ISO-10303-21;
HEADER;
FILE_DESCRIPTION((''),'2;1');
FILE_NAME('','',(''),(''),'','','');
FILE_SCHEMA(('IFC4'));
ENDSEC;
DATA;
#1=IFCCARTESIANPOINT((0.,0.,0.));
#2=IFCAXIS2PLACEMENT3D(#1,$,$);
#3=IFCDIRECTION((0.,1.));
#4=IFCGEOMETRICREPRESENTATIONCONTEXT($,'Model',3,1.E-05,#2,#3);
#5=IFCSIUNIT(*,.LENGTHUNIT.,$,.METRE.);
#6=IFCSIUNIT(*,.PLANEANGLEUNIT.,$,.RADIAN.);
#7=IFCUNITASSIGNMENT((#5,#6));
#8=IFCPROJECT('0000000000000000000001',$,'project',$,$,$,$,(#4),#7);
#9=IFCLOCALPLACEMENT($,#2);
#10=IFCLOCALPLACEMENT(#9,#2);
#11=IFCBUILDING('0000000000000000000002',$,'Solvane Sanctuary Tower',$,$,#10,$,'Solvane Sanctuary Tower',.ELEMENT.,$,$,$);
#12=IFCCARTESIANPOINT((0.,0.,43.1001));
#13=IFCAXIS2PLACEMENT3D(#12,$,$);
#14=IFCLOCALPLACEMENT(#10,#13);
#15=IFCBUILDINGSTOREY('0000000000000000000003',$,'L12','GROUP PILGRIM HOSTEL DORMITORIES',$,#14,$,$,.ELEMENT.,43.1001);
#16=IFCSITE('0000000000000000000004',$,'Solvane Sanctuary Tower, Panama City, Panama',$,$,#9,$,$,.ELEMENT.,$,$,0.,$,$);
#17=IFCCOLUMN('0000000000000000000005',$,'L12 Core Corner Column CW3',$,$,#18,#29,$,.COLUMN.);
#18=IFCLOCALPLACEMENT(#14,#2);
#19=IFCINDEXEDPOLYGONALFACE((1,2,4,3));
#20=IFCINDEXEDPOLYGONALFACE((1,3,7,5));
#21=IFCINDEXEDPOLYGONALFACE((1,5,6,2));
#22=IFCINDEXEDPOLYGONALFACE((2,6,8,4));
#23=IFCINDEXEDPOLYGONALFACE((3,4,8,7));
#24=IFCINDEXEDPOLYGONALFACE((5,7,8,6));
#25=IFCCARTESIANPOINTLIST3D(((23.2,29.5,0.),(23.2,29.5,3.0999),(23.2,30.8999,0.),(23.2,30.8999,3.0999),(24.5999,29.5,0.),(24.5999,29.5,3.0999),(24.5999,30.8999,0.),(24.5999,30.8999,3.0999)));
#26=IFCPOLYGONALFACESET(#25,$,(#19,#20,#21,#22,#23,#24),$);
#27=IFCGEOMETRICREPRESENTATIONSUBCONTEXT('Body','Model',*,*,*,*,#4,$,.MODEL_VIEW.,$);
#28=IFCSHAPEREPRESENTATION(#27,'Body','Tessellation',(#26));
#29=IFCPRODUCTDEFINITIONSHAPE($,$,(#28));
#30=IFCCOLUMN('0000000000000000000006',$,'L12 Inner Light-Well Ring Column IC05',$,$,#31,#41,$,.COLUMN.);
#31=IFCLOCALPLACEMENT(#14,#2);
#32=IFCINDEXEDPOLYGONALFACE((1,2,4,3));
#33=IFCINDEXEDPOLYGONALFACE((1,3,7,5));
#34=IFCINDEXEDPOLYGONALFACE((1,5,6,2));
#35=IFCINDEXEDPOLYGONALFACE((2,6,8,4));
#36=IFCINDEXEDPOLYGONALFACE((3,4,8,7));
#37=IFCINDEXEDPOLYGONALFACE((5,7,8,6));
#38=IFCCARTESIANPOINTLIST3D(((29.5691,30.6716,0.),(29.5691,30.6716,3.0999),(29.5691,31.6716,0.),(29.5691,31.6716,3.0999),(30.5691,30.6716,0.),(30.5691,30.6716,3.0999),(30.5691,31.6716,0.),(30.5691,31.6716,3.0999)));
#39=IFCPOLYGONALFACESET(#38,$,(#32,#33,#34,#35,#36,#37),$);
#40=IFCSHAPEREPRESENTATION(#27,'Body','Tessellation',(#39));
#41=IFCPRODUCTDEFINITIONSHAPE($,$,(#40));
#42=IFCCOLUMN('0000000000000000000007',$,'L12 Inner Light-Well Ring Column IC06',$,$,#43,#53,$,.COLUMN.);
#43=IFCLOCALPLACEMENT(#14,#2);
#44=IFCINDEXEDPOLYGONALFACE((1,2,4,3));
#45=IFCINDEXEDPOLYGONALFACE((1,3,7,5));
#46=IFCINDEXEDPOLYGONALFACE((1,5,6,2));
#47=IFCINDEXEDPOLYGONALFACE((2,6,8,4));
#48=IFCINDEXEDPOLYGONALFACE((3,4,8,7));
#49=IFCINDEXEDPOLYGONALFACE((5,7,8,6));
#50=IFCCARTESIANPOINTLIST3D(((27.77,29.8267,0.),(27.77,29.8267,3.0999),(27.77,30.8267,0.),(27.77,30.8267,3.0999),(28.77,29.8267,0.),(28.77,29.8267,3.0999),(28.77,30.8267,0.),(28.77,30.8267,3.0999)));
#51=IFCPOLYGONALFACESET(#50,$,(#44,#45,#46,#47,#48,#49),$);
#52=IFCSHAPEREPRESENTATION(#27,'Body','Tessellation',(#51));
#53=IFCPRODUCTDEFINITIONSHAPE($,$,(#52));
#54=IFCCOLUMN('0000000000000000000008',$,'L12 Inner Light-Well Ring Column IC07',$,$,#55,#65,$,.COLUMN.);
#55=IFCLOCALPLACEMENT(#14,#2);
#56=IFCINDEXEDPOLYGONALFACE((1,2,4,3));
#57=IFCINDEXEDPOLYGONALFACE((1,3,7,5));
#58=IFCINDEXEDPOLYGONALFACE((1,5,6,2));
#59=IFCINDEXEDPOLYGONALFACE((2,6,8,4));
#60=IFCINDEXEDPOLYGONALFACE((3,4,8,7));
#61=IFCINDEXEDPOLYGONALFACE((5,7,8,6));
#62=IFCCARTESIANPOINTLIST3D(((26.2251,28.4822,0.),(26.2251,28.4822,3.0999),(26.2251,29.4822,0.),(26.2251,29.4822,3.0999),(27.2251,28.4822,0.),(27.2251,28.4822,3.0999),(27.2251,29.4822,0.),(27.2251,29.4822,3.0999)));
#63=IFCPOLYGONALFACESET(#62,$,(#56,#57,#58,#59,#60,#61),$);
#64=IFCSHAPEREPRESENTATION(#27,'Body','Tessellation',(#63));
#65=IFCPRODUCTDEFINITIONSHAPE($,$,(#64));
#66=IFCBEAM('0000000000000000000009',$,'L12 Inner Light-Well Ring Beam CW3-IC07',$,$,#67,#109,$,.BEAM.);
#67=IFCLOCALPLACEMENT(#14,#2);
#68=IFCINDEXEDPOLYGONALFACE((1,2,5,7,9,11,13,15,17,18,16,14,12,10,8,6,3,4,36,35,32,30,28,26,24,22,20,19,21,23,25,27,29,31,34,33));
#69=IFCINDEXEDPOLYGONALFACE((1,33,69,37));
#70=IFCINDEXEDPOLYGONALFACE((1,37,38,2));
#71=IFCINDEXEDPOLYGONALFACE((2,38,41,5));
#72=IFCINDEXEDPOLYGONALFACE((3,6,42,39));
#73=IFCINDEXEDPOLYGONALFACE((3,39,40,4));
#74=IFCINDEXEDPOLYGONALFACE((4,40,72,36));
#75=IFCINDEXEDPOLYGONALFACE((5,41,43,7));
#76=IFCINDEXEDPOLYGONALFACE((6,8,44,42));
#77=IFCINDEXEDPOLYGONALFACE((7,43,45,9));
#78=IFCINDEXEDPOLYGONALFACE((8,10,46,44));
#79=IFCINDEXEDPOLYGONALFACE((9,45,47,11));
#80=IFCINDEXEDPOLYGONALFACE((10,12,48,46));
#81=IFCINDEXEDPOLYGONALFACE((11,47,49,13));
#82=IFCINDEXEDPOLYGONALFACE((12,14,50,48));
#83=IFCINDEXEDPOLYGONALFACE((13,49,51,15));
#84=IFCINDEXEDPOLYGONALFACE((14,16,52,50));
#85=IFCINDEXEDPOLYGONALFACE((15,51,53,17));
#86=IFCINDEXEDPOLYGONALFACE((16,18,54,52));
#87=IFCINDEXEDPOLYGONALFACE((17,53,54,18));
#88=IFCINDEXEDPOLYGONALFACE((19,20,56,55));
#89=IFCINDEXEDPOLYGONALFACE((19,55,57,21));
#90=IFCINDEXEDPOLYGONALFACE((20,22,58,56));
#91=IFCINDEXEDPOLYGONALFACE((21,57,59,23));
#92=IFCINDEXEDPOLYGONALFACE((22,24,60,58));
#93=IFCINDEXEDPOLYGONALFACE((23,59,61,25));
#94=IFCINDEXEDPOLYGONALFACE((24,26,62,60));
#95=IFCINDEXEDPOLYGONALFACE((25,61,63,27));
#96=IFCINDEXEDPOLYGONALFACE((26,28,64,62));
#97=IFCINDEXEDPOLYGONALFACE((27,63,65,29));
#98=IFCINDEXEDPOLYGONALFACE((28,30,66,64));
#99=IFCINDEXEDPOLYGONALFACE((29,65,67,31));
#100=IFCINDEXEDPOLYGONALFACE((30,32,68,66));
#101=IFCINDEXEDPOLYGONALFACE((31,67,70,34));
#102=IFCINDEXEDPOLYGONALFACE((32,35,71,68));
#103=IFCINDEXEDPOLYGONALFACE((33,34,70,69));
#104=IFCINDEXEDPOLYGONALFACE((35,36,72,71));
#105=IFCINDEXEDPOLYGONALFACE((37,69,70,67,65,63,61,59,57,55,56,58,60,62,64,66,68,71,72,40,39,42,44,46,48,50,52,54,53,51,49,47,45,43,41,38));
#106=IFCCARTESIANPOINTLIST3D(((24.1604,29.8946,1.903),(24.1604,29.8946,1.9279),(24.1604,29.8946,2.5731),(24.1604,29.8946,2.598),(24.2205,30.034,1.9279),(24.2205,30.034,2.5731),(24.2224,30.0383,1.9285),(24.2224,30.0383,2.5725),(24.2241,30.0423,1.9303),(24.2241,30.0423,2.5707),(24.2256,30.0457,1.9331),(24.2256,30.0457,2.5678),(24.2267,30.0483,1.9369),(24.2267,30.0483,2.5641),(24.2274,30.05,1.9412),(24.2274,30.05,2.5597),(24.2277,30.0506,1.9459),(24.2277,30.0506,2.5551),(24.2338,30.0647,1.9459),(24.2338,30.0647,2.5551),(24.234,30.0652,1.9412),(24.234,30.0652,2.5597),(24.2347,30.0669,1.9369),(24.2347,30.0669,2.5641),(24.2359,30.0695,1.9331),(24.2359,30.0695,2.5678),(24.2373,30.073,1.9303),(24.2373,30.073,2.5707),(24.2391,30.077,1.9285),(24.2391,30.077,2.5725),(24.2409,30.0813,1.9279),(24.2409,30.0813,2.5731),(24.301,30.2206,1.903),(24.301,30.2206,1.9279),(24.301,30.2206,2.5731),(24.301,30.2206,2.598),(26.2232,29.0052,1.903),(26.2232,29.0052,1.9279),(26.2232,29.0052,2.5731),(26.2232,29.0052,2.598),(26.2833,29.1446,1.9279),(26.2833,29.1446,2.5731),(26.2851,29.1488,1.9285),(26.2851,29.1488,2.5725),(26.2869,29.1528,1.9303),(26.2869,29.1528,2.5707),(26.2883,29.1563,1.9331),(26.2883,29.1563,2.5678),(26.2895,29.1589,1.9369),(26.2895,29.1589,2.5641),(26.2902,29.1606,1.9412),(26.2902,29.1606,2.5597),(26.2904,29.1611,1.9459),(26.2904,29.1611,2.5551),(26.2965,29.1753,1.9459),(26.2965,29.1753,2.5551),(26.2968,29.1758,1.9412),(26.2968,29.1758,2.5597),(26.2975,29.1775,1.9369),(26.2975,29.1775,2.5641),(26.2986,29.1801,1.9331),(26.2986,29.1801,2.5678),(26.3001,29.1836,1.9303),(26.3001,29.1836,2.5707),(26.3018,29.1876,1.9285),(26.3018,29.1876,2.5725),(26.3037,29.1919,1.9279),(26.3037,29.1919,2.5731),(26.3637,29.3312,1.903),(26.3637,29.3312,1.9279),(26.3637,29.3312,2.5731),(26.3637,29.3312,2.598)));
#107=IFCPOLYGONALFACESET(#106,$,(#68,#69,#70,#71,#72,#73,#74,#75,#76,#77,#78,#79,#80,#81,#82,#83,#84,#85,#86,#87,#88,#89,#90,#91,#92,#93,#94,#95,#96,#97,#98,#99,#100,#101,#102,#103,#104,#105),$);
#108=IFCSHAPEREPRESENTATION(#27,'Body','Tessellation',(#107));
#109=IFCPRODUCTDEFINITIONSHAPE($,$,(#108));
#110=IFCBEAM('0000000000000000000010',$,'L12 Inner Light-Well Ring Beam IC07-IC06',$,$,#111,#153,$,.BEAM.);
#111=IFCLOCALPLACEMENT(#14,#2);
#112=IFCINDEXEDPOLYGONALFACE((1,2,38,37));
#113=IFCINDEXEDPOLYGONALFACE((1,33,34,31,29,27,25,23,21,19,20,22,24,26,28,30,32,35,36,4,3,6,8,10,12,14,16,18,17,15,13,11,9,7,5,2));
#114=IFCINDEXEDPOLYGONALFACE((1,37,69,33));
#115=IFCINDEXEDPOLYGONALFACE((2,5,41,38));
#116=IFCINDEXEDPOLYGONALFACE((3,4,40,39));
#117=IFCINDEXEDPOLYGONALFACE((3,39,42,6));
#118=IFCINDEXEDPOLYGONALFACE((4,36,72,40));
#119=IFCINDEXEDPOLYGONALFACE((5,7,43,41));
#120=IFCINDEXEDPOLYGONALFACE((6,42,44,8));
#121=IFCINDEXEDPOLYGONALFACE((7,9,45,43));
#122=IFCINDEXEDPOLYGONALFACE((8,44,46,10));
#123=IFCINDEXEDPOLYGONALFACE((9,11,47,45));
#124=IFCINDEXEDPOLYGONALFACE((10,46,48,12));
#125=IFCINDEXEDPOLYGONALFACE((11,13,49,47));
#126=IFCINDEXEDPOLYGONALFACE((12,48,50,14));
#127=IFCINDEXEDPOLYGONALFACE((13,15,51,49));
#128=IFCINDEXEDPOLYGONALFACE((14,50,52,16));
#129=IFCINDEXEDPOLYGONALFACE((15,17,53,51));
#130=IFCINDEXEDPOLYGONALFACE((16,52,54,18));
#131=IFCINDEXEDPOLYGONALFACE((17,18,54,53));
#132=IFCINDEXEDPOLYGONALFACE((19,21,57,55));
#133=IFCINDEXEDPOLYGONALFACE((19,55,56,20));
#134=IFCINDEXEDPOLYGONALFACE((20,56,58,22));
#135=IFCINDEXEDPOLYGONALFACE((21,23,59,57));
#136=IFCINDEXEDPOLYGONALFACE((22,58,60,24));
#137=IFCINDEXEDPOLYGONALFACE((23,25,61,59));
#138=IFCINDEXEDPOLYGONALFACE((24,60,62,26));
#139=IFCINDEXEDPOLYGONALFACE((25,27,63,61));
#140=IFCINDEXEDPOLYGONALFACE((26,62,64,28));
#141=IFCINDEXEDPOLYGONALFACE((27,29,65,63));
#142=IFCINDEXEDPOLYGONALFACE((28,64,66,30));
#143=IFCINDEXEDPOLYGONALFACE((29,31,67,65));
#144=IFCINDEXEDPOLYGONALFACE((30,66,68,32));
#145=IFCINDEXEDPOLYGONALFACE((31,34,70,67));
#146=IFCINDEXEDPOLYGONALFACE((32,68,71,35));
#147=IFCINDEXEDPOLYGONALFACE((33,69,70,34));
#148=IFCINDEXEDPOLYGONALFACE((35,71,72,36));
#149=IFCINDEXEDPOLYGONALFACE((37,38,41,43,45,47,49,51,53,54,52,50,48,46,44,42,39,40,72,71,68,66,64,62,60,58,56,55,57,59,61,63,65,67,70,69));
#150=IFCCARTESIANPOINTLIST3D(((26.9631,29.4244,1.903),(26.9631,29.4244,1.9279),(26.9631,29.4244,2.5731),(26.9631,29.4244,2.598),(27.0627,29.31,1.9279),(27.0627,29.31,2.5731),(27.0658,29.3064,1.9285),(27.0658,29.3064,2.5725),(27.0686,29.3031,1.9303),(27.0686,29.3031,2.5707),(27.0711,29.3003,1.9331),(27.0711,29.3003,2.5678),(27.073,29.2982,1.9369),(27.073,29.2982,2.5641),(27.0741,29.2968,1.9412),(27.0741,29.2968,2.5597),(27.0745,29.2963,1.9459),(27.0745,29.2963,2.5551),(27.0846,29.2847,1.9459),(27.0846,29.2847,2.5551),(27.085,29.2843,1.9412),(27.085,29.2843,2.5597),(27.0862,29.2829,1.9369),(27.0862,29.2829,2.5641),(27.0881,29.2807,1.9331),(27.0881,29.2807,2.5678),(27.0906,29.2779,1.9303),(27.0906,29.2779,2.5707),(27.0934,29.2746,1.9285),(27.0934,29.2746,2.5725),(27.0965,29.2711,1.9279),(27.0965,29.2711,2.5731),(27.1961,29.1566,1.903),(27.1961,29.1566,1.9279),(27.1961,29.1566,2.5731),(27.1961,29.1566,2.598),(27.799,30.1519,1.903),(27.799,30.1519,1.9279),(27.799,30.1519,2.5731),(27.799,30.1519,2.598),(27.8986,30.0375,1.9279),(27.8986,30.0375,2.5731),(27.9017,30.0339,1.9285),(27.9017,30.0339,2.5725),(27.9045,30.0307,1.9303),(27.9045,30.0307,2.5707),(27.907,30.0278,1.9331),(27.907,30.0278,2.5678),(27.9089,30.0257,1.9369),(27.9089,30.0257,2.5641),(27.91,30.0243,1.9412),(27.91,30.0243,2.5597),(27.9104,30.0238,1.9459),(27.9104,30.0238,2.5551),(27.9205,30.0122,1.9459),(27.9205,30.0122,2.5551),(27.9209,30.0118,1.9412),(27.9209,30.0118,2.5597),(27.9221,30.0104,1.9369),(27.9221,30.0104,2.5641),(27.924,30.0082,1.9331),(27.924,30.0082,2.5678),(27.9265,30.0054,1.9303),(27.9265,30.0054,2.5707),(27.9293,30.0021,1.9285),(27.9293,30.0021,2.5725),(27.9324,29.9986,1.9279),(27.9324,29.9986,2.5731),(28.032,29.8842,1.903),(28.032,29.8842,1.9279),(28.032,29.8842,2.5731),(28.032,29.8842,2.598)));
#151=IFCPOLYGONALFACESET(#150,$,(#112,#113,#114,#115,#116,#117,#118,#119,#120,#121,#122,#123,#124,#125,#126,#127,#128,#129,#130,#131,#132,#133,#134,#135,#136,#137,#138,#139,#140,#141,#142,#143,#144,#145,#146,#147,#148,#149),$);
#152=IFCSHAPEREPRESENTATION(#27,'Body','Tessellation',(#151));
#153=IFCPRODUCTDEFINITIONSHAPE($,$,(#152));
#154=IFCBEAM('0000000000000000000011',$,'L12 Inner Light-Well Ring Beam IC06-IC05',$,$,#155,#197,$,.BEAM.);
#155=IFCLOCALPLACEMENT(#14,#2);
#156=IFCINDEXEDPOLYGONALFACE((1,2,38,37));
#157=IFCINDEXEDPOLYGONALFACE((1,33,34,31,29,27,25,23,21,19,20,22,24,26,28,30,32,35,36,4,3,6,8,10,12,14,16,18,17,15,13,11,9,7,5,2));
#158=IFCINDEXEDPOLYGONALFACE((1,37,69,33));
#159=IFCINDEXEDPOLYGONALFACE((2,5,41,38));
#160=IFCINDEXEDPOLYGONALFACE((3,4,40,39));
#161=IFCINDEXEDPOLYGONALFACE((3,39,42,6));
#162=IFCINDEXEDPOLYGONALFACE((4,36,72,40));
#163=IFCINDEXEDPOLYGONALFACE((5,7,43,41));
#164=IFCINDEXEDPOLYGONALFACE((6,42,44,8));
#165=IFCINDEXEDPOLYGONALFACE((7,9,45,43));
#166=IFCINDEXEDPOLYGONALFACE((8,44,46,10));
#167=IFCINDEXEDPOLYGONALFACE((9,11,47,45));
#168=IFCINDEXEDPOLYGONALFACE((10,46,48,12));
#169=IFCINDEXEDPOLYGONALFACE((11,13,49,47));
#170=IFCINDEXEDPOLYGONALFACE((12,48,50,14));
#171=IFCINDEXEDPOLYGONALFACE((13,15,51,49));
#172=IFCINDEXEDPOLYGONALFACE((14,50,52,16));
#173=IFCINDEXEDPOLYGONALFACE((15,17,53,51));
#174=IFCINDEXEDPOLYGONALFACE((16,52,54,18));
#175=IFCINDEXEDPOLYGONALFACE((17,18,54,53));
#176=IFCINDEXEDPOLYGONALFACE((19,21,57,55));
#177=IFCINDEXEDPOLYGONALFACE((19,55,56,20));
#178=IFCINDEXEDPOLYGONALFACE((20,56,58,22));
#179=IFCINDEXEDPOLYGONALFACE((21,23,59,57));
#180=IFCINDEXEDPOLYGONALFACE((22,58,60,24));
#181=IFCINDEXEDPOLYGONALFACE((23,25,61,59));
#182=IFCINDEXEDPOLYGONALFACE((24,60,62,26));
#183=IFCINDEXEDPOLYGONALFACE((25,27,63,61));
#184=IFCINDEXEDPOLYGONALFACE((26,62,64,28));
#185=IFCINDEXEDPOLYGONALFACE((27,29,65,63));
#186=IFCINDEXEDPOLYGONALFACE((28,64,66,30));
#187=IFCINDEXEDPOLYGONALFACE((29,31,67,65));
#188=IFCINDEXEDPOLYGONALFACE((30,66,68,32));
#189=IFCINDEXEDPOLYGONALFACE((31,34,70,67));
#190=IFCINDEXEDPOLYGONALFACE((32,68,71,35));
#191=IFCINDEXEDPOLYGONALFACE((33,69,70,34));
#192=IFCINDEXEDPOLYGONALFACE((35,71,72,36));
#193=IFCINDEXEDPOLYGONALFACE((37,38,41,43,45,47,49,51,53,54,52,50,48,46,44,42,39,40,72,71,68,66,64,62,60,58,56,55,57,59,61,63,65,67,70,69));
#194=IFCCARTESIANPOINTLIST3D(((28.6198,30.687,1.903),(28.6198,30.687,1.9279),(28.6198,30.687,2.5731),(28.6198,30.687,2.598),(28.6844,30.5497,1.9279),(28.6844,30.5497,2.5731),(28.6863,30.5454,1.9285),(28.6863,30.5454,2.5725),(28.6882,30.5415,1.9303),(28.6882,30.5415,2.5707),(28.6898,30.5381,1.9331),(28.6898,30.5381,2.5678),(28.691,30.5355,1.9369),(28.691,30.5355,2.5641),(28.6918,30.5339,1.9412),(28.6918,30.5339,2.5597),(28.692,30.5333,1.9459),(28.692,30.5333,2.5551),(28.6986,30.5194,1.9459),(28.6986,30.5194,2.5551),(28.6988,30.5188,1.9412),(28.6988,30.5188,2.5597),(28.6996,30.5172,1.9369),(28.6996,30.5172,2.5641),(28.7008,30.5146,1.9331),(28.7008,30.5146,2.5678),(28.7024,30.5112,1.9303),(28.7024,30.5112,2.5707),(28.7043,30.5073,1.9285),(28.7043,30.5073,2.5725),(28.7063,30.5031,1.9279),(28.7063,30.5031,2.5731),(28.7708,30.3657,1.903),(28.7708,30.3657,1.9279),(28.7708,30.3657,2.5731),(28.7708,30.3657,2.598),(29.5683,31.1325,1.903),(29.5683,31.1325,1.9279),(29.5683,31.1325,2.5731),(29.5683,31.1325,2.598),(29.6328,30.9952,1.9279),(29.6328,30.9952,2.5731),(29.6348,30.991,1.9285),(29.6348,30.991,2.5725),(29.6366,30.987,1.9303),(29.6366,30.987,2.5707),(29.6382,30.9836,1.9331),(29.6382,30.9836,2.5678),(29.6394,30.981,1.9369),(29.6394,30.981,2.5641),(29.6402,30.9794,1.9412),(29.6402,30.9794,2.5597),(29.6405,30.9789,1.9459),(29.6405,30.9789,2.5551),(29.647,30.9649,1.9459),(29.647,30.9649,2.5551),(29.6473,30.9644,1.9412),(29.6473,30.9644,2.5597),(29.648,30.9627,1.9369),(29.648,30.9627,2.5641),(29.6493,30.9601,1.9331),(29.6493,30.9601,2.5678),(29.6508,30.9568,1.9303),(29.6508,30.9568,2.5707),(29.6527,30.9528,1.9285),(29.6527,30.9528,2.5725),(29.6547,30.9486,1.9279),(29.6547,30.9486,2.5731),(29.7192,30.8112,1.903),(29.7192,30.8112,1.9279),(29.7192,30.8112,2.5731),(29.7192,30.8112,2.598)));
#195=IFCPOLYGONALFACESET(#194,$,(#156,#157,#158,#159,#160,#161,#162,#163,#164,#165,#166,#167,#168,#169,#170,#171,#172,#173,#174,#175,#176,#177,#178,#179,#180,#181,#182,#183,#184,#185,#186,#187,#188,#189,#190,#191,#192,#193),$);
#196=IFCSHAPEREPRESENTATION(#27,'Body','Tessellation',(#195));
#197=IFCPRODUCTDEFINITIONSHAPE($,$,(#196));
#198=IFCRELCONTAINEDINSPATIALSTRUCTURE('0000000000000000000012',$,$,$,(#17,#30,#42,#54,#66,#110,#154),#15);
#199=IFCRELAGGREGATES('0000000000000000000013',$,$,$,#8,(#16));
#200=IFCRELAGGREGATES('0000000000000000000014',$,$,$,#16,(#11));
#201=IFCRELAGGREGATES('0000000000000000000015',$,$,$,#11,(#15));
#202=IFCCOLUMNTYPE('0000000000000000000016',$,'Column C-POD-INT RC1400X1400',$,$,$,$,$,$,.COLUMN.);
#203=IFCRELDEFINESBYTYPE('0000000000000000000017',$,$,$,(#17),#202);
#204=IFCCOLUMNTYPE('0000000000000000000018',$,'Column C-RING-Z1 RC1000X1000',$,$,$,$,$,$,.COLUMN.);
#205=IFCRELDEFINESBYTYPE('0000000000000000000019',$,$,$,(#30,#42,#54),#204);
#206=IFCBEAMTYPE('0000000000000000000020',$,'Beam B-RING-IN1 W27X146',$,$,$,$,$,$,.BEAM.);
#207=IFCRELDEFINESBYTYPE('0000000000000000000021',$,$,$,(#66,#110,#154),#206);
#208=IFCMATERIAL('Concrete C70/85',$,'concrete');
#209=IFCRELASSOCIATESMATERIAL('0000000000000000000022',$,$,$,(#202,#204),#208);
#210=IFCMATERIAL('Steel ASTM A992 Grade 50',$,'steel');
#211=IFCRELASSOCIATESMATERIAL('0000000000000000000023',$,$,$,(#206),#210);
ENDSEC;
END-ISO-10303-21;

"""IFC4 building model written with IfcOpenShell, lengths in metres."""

from ifc_helpers import new_model, si_unit, direction, frame, origin, origin_2d, place, context, subcontext, project, spatial, rectangle, i_section, extrude, material, material_profile, profile_set, type_object, element, save


model = new_model("IFC4")

# Units and contexts
model_context = context("Model", 3, precision=1e-05, world=origin(), true_north=direction((0.0, 1.0)))
body_context = subcontext(model_context, "Body", "Model", "MODEL_VIEW")
ifc_project = project(units=[si_unit("LENGTHUNIT", "METRE"), si_unit("PLANEANGLEUNIT", "RADIAN")], contexts=[model_context])

# Site, building, storey
site_placement = place(None, origin())
site = spatial("IfcSite", under=ifc_project, at=site_placement, Name="Solvane Sanctuary Tower, Panama City, Panama", CompositionType="ELEMENT", RefElevation=0.0)
building_placement = place(site_placement, origin())
building = spatial("IfcBuilding", under=site, at=building_placement, Name="Solvane Sanctuary Tower", LongName="Solvane Sanctuary Tower", CompositionType="ELEMENT")
storey_placement = place(building_placement, frame((0.0, 0.0, 43.1001)))
storey = spatial("IfcBuildingStorey", under=building, at=storey_placement, Name="L12", Description="GROUP PILGRIM HOSTEL DORMITORIES", CompositionType="ELEMENT", Elevation=43.1001)

# Columns
ifc_material_1 = material(Name="Concrete C70/85", Category="concrete")
ifc_material_profile_1 = material_profile(ifc_material_1, rectangle(XDim=1.3999, YDim=1.3999, at=origin_2d()), Name="RC1400X1400")
ifc_profile_set_1 = profile_set([ifc_material_profile_1], Name="Concrete C70/85")
column_type_1 = type_object("IfcColumnType", Name="Column C-POD-INT RC1400X1400", PredefinedType="COLUMN", material=ifc_profile_set_1)
column_placement = place(storey_placement, frame((23.8999, 30.2, 0.0), z_axis=(0.0, 0.0, 1.0), x_axis=(1.0, 0.0, 0.0)))
element("IfcColumn", 1, at=column_placement, inside=storey, type_object=column_type_1, Name="L12 Core Corner Column CW3", PredefinedType="COLUMN", context=body_context, shape_type="SweptSolid", body=[
    extrude(rectangle(XDim=1.3999, YDim=1.3999, at=origin_2d()), origin(), (0.0, 0.0, 1.0), 3.0999),
])
ifc_material_profile_2 = material_profile(ifc_material_1, rectangle(XDim=1.0, YDim=1.0, at=origin_2d()), Name="RC1000X1000")
ifc_profile_set_2 = profile_set([ifc_material_profile_2], Name="Concrete C70/85")
column_type_2 = type_object("IfcColumnType", Name="Column C-RING-Z1 RC1000X1000", PredefinedType="COLUMN", material=ifc_profile_set_2)
for number, where, z_axis, x_axis, name in (
    (2, (30.0691, 31.1716, 0.0), (0.0, 0.0, 1.0), (1.0, 0.0, 0.0), "L12 Inner Light-Well Ring Column IC05"),
    (3, (28.27, 30.3267, 0.0), (0.0, 0.0, 1.0), (1.0, 0.0, 0.0), "L12 Inner Light-Well Ring Column IC06"),
    (4, (26.7251, 28.9822, 0.0), (0.0, 0.0, 1.0), (1.0, 0.0, 0.0), "L12 Inner Light-Well Ring Column IC07"),
):
    element("IfcColumn", number, at=place(storey_placement, frame(where, z_axis=z_axis, x_axis=x_axis)), inside=storey, type_object=column_type_2, Name=name, PredefinedType="COLUMN", context=body_context, shape_type="SweptSolid", body=[
        extrude(rectangle(XDim=1.0, YDim=1.0, at=origin_2d()), origin(), (0.0, 0.0, 1.0), 3.0999),
    ])

# Beams
ifc_material_2 = material(Name="Steel ASTM A992 Grade 50", Category="steel")
ifc_material_profile_3 = material_profile(ifc_material_2, i_section(OverallWidth=0.355, OverallDepth=0.6951, WebThickness=0.0154, FlangeThickness=0.0249, FilletRadius=0.0181, at=origin_2d()), Name="W27X146")
ifc_profile_set_3 = profile_set([ifc_material_profile_3], Name="Steel ASTM A992 Grade 50")
beam_type_1 = type_object("IfcBeamType", Name="Beam B-RING-IN1 W27X146", PredefinedType="BEAM", material=ifc_profile_set_3)
beam_1_placement = place(storey_placement, frame((24.2307, 30.0576, 2.2505), z_axis=(0.918277, -0.395938, 0.0), x_axis=(0.395938, 0.918277, 0.0)))
element("IfcBeam", 5, at=beam_1_placement, inside=storey, type_object=beam_type_1, Name="L12 Inner Light-Well Ring Beam CW3-IC07", PredefinedType="BEAM", context=body_context, shape_type="SweptSolid", body=[
    extrude(i_section(OverallWidth=0.355, OverallDepth=0.6951, WebThickness=0.0154, FlangeThickness=0.0249, FilletRadius=0.0181, at=origin_2d()), origin(), (0.0, 0.0, 1.0), 2.2463),
])
beam_2_placement = place(storey_placement, frame((27.0796, 29.2905, 2.2505), z_axis=(0.754321, 0.656506, 0.0), x_axis=(-0.656506, 0.754321, 0.0)))
element("IfcBeam", 6, at=beam_2_placement, inside=storey, type_object=beam_type_1, Name="L12 Inner Light-Well Ring Beam IC07-IC06", PredefinedType="BEAM", context=body_context, shape_type="SweptSolid", body=[
    extrude(i_section(OverallWidth=0.355, OverallDepth=0.6951, WebThickness=0.0154, FlangeThickness=0.0249, FilletRadius=0.0181, at=origin_2d()), origin(), (0.0, 0.0, 1.0), 1.1082),
])
beam_3_placement = place(storey_placement, frame((28.6953, 30.5264, 2.2505), z_axis=(0.905109, 0.42518, 0.0), x_axis=(-0.42518, 0.905109, 0.0)))
element("IfcBeam", 7, at=beam_3_placement, inside=storey, type_object=beam_type_1, Name="L12 Inner Light-Well Ring Beam IC06-IC05", PredefinedType="BEAM", context=body_context, shape_type="SweptSolid", body=[
    extrude(i_section(OverallWidth=0.355, OverallDepth=0.6951, WebThickness=0.0154, FlangeThickness=0.0249, FilletRadius=0.0181, at=origin_2d()), origin(), (0.0, 0.0, 1.0), 1.0479),
])

save(model, "model.ifc")
